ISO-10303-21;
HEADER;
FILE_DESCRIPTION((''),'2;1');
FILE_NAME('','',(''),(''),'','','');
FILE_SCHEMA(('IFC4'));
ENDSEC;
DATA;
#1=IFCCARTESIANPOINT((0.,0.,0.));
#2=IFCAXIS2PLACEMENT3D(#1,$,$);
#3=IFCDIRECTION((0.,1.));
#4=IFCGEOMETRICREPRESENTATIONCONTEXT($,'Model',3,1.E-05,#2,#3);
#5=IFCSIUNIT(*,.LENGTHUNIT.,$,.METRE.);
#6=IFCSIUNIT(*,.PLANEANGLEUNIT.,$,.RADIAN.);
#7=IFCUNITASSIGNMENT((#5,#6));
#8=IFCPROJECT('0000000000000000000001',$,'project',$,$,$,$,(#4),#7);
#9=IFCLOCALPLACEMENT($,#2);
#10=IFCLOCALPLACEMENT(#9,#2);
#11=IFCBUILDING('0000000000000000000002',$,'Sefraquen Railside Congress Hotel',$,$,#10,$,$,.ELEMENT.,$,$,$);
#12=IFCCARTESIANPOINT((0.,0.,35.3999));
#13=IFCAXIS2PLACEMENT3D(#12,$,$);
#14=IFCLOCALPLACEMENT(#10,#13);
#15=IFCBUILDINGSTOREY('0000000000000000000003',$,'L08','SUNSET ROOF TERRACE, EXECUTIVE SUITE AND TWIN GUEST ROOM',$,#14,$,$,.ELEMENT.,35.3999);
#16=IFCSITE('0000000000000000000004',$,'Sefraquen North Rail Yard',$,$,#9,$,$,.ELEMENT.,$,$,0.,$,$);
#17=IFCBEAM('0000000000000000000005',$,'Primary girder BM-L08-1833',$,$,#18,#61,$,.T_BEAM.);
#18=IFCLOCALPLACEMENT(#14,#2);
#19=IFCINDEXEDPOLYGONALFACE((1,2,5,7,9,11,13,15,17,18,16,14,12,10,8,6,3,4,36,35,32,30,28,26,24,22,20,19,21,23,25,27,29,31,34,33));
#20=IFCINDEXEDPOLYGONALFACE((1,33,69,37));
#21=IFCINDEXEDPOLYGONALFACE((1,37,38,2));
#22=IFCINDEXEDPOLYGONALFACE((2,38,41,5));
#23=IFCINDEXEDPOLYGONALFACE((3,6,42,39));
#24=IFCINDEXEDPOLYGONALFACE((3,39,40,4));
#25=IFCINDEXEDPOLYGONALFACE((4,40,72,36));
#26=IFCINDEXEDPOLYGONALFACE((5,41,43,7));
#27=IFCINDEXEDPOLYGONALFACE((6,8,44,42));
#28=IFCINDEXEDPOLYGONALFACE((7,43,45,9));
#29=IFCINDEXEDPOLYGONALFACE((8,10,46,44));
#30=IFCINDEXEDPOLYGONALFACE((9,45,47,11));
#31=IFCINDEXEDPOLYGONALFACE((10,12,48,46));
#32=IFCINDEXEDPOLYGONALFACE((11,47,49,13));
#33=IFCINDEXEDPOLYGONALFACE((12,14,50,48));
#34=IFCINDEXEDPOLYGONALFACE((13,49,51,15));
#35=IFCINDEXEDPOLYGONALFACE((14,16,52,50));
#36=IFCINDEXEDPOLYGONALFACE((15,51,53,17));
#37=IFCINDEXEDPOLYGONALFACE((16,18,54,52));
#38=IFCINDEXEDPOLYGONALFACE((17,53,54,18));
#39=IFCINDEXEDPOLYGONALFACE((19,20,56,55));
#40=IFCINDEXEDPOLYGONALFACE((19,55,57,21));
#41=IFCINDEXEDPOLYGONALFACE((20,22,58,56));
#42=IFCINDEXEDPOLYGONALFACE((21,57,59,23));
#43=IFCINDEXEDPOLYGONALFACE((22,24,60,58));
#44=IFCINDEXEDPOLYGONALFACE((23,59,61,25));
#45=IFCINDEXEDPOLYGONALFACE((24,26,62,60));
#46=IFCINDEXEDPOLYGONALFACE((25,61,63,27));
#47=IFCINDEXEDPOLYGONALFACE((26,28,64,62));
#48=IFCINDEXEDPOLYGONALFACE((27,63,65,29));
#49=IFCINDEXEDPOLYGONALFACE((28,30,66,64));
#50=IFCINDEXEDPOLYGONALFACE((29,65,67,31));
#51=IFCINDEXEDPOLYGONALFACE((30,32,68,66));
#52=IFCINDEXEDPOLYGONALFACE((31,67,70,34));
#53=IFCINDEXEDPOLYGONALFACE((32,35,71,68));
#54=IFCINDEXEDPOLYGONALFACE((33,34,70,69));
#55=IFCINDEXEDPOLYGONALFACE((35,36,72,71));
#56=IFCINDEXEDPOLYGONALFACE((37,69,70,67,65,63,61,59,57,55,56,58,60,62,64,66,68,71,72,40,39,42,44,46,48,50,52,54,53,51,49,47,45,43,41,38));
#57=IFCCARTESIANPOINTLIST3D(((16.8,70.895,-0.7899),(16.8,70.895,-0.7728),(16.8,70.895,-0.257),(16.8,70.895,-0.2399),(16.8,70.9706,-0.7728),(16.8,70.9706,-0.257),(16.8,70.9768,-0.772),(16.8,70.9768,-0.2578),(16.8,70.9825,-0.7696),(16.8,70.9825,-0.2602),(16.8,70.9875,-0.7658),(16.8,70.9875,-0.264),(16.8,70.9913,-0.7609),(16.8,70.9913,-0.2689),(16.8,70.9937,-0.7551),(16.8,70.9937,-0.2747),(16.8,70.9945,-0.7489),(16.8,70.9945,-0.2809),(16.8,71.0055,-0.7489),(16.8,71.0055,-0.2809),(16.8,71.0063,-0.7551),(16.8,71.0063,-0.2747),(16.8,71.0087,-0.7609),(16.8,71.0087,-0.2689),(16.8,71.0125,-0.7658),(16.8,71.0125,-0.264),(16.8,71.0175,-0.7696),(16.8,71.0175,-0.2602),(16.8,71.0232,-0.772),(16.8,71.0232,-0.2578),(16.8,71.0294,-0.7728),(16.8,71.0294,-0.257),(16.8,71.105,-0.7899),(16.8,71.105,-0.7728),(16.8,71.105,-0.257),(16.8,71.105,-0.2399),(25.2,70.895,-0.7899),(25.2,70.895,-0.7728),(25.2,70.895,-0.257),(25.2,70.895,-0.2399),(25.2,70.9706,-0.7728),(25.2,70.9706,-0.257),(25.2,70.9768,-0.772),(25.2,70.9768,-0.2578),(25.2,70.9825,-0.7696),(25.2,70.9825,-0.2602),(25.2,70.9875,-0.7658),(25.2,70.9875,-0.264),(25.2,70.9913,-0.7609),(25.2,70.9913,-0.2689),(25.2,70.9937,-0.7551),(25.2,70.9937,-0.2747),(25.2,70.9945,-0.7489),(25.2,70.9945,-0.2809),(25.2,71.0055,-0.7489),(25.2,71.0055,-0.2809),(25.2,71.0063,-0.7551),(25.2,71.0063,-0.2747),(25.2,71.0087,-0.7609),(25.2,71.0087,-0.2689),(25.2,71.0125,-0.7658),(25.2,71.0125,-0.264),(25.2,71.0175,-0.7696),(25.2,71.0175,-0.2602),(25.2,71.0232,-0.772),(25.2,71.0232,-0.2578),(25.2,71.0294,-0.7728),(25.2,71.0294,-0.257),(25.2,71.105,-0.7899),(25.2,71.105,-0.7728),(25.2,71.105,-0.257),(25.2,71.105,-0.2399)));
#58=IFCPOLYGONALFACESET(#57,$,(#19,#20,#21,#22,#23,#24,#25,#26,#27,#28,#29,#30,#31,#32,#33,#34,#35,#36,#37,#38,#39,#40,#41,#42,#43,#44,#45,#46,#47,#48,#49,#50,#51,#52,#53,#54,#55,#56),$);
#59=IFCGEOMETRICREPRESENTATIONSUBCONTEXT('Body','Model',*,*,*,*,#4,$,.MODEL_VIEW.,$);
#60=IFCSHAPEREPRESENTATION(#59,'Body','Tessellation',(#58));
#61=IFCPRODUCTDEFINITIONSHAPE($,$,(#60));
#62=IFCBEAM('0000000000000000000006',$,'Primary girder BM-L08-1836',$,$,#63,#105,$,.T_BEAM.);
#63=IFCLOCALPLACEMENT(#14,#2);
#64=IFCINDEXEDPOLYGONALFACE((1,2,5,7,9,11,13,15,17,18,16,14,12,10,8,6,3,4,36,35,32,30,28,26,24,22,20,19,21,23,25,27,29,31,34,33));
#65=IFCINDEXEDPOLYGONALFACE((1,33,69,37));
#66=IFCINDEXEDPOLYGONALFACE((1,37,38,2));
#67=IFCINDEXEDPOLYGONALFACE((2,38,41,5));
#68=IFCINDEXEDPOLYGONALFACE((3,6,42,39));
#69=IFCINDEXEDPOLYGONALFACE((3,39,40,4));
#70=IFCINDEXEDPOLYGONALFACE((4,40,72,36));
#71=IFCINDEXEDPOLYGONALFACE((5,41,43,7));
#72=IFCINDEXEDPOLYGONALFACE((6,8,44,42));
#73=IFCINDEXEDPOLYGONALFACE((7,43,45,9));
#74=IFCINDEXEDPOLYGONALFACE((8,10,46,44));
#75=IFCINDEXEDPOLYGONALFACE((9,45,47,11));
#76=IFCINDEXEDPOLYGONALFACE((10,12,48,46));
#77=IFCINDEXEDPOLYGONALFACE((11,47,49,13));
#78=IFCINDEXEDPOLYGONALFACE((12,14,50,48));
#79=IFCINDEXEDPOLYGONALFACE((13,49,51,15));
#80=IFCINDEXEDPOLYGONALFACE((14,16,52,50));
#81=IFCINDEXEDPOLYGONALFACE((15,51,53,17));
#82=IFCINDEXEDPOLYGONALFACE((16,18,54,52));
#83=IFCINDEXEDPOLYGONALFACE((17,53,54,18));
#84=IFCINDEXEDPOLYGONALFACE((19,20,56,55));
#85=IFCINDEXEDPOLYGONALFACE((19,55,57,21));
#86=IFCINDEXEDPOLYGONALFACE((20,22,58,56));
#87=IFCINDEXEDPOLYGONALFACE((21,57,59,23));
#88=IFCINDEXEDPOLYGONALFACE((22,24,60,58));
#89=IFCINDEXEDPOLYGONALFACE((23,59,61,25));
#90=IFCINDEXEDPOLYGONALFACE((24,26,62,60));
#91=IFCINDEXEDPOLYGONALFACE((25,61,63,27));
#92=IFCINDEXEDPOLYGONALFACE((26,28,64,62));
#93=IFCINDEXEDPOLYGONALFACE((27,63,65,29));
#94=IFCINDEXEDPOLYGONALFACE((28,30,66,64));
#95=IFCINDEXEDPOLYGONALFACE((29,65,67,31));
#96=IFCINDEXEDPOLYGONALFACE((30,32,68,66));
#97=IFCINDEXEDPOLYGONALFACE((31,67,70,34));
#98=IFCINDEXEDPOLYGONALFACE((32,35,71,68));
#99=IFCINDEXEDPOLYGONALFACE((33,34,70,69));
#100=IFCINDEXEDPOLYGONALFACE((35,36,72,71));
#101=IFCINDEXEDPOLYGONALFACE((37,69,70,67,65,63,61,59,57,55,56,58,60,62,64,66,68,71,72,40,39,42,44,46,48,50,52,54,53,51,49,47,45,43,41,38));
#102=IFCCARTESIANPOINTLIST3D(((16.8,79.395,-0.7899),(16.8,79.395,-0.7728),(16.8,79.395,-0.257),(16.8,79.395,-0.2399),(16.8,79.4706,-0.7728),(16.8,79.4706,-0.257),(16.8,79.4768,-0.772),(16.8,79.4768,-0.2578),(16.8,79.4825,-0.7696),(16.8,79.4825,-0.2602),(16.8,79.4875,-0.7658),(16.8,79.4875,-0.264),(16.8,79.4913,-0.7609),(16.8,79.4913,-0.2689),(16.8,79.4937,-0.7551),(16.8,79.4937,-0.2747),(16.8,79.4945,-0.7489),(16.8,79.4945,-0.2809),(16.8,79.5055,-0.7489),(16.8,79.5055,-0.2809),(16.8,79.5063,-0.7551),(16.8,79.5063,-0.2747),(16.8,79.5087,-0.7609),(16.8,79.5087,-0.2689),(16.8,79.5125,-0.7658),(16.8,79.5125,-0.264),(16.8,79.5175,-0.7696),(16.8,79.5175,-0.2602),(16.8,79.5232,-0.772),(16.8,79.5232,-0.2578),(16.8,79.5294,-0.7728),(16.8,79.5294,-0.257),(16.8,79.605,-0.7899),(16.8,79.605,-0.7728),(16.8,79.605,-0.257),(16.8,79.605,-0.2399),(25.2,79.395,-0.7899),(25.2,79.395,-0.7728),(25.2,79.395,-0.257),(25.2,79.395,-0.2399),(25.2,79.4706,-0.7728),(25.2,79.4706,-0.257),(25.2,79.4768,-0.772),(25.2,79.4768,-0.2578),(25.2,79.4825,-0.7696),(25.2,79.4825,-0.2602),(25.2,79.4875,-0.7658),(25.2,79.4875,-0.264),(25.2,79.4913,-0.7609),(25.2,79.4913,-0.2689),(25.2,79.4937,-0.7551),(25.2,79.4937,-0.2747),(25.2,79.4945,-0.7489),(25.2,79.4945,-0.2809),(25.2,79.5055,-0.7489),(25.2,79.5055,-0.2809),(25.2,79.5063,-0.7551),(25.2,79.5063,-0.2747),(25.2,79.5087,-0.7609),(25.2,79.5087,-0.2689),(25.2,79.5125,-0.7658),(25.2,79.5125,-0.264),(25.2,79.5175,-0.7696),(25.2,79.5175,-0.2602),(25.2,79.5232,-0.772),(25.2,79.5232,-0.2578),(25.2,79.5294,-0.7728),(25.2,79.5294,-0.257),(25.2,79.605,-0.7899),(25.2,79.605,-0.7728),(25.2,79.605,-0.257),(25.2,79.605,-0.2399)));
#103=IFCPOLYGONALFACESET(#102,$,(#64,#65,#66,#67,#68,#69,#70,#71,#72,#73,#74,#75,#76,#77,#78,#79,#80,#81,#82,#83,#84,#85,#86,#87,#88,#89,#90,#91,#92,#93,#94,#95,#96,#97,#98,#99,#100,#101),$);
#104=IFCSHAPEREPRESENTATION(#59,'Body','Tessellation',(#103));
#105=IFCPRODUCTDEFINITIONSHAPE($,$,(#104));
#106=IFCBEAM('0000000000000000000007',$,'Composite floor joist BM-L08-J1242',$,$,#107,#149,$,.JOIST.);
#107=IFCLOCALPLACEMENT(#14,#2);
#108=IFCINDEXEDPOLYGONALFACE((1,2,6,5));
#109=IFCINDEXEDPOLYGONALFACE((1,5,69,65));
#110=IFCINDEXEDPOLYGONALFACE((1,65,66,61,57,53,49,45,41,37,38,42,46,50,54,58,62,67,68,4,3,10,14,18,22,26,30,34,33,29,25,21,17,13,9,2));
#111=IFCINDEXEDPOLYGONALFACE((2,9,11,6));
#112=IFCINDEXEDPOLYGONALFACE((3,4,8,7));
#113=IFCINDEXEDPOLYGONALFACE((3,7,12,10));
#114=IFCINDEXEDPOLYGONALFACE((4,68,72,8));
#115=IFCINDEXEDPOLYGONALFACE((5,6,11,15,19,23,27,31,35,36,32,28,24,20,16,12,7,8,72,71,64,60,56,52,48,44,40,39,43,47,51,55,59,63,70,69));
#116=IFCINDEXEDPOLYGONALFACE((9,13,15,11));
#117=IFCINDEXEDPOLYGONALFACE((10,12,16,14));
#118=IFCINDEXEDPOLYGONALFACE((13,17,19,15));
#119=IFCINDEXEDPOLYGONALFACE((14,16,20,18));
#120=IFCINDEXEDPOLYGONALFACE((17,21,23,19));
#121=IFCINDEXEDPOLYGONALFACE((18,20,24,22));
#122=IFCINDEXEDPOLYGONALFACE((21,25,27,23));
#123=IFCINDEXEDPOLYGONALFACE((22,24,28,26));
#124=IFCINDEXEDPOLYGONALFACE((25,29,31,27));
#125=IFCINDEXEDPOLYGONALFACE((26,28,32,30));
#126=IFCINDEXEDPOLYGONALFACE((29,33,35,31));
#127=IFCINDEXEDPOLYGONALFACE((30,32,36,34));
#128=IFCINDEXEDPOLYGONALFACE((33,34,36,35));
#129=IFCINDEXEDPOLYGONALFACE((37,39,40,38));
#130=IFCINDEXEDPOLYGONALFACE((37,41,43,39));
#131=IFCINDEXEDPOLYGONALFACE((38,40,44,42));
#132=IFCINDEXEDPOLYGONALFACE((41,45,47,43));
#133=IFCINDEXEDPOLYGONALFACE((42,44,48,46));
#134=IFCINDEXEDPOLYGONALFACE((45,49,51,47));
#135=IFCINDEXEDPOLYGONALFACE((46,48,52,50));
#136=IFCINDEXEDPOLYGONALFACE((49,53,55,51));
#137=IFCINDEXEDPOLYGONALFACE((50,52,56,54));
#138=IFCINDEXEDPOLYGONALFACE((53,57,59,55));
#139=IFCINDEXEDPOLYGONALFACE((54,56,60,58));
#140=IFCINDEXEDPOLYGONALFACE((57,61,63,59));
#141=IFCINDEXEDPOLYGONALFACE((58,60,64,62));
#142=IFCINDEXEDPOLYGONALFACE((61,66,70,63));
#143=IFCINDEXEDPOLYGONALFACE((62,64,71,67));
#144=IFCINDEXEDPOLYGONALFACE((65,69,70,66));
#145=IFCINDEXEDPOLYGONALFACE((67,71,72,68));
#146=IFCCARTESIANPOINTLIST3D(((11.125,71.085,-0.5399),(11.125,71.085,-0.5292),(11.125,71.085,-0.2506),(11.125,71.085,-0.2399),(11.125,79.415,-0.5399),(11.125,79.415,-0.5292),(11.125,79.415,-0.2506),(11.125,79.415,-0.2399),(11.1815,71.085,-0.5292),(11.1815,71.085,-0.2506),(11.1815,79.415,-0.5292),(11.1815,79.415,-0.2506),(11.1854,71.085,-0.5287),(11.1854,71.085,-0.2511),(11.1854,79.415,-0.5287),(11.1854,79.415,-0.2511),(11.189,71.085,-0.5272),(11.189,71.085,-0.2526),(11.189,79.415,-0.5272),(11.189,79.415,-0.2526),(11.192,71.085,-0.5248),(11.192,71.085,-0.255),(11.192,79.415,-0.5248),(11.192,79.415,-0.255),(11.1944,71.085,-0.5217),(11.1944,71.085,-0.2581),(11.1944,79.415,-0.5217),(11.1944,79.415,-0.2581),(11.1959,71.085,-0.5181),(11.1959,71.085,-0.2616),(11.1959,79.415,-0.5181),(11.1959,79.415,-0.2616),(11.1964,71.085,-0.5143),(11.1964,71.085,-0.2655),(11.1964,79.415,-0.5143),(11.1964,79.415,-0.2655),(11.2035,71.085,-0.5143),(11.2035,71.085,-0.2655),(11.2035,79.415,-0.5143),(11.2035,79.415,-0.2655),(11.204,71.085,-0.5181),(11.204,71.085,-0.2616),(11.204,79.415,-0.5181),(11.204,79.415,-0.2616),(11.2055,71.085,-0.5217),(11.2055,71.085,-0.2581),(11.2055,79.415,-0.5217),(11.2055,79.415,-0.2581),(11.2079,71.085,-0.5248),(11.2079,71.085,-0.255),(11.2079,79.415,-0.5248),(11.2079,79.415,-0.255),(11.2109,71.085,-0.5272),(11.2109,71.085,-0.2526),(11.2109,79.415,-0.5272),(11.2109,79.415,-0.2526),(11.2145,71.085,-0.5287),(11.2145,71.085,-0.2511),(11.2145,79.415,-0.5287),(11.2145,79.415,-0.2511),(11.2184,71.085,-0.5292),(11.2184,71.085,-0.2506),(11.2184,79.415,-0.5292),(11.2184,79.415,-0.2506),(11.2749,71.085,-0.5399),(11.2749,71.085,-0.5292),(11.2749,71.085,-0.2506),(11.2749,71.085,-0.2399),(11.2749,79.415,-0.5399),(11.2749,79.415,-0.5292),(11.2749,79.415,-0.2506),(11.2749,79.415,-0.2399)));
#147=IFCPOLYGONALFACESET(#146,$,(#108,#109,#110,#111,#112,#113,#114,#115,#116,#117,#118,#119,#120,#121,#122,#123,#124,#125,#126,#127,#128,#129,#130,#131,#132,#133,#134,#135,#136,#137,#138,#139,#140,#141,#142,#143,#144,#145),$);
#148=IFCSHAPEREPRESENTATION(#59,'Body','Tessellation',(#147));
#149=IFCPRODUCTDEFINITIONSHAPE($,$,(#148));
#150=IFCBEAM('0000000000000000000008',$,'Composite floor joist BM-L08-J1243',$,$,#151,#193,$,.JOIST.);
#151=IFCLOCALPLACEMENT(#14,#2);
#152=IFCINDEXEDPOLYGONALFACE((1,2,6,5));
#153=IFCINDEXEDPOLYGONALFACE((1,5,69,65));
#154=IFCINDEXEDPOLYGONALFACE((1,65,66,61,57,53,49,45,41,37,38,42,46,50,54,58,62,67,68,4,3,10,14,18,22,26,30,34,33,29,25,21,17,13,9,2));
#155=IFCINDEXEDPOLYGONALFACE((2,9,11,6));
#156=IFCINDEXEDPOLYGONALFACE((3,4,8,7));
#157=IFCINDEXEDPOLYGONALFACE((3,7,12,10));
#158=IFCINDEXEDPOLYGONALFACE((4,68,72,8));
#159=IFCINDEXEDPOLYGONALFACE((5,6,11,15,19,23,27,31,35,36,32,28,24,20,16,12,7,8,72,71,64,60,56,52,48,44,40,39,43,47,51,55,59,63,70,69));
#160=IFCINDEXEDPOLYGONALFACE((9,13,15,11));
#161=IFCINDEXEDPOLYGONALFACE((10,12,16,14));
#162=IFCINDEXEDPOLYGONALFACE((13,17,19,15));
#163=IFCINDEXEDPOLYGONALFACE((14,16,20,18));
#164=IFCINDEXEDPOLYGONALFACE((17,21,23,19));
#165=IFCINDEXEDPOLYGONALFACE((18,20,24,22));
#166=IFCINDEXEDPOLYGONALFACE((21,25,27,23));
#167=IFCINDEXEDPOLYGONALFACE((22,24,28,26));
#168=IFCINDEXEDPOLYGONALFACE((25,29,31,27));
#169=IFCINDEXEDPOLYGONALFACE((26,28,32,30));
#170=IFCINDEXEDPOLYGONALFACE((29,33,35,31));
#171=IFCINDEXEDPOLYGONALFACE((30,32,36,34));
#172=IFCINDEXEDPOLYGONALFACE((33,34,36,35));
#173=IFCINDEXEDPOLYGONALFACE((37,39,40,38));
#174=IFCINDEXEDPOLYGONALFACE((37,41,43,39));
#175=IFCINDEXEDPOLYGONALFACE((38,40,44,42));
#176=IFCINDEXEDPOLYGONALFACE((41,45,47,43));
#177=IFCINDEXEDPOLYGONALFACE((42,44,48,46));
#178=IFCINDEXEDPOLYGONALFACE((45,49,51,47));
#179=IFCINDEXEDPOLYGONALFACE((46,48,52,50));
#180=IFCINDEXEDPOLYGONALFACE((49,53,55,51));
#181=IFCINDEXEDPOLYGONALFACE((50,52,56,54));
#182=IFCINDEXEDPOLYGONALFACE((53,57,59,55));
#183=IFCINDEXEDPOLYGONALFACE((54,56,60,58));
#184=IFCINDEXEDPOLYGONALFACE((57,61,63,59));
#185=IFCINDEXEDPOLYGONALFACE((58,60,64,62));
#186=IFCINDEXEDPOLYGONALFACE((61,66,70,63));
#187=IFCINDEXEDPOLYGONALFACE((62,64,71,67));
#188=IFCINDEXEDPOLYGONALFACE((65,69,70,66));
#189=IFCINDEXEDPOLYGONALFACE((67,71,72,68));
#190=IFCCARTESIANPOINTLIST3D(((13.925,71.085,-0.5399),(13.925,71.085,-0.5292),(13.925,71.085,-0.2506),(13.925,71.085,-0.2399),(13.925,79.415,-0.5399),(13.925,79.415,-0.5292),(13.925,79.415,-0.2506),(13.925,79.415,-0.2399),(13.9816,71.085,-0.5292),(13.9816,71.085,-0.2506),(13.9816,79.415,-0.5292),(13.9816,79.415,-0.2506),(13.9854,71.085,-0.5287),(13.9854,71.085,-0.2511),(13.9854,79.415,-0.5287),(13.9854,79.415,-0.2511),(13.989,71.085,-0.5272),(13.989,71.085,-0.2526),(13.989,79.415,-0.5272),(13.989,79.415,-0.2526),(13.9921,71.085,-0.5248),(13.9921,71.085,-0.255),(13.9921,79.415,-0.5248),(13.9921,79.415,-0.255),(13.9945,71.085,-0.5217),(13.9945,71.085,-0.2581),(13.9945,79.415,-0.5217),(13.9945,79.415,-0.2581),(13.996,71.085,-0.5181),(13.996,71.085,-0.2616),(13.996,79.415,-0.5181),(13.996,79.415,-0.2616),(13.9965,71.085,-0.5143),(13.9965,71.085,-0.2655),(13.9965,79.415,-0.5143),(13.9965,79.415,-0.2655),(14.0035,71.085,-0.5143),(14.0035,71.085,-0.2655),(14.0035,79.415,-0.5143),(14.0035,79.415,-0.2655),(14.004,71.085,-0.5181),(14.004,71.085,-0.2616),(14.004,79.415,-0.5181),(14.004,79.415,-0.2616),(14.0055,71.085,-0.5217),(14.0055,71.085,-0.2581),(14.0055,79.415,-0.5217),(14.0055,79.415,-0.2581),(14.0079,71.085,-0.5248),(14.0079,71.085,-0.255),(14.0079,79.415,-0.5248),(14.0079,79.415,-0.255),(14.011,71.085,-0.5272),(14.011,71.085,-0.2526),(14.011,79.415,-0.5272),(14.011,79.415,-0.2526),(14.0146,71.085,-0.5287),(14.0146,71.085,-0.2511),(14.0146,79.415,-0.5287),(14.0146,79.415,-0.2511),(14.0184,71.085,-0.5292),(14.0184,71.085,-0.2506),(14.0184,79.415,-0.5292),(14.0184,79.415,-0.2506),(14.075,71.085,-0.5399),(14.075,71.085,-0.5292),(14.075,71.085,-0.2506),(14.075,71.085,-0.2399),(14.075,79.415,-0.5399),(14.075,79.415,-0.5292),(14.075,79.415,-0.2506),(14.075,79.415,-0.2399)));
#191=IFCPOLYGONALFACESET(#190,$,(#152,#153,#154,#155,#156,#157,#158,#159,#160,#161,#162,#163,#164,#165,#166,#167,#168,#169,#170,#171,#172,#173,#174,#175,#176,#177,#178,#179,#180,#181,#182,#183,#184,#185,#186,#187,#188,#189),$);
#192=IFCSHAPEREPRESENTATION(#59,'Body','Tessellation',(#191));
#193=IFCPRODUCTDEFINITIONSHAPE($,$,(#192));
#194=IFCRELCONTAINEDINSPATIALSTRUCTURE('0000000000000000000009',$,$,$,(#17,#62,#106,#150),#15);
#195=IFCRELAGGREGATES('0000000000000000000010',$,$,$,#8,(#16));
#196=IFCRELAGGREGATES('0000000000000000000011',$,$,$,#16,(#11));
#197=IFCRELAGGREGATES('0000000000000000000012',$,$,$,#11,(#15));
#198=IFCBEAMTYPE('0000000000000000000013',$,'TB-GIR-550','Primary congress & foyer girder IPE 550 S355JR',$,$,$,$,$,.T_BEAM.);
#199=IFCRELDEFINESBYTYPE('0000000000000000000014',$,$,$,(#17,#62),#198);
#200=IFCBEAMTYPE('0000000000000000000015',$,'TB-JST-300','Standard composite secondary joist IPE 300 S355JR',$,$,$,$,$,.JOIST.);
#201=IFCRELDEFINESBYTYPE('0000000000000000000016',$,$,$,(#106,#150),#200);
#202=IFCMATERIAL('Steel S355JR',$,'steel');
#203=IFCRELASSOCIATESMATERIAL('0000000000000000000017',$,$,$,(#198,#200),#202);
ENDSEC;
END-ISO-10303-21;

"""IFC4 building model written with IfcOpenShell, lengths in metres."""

from ifc_helpers import new_model, si_unit, direction, frame, origin, origin_2d, place, context, subcontext, project, spatial, i_section, extrude, material, material_profile, profile_set, type_object, element, save


model = new_model("IFC4")

# Units and contexts
model_context = context("Model", 3, precision=1e-05, world=origin(), true_north=direction((0.0, 1.0)))
body_context = subcontext(model_context, "Body", "Model", "MODEL_VIEW")
ifc_project = project(units=[si_unit("LENGTHUNIT", "METRE"), si_unit("PLANEANGLEUNIT", "RADIAN")], contexts=[model_context])

# Site, building, storey
site_placement = place(None, origin())
site = spatial("IfcSite", under=ifc_project, at=site_placement, Name="Sefraquen North Rail Yard", CompositionType="ELEMENT", RefElevation=0.0)
building_placement = place(site_placement, origin())
building = spatial("IfcBuilding", under=site, at=building_placement, Name="Sefraquen Railside Congress Hotel", CompositionType="ELEMENT")
storey_placement = place(building_placement, frame((0.0, 0.0, 35.3999)))
storey = spatial("IfcBuildingStorey", under=building, at=storey_placement, Name="L08", Description="SUNSET ROOF TERRACE, EXECUTIVE SUITE AND TWIN GUEST ROOM", CompositionType="ELEMENT", Elevation=35.3999)

# Shared definitions
ifc_material_1 = material(Name="Steel S355JR", Category="steel")

# Beams
ifc_material_profile_1 = material_profile(ifc_material_1, i_section(OverallWidth=0.21, OverallDepth=0.55, WebThickness=0.011, FlangeThickness=0.0171, FilletRadius=0.0239, at=origin_2d()), Name="IPE 550")
ifc_profile_set_1 = profile_set([ifc_material_profile_1], Name="Steel S355JR")
beam_type_1 = type_object("IfcBeamType", Name="TB-GIR-550", Description="Primary congress & foyer girder IPE 550 S355JR", PredefinedType="T_BEAM", material=ifc_profile_set_1)
for number, where, z_axis, x_axis, name in (
    (1, (16.8, 71.0, -0.5149), (1.0, 0.0, 0.0), (0.0, 1.0, 0.0), "Primary girder BM-L08-1833"),
    (2, (16.8, 79.5, -0.5149), (1.0, 0.0, 0.0), (0.0, 1.0, 0.0), "Primary girder BM-L08-1836"),
):
    element("IfcBeam", number, at=place(storey_placement, frame(where, z_axis=z_axis, x_axis=x_axis)), inside=storey, type_object=beam_type_1, Name=name, PredefinedType="T_BEAM", context=body_context, shape_type="SweptSolid", body=[
        extrude(i_section(OverallWidth=0.21, OverallDepth=0.55, WebThickness=0.011, FlangeThickness=0.0171, FilletRadius=0.0239, at=origin_2d()), origin(), (0.0, 0.0, 1.0), 8.3999),
    ])
ifc_material_profile_2 = material_profile(ifc_material_1, i_section(OverallWidth=0.1499, OverallDepth=0.3, WebThickness=0.0071, FlangeThickness=0.0107, FilletRadius=0.0149, at=origin_2d()), Name="IPE 300")
ifc_profile_set_2 = profile_set([ifc_material_profile_2], Name="Steel S355JR")
beam_type_2 = type_object("IfcBeamType", Name="TB-JST-300", Description="Standard composite secondary joist IPE 300 S355JR", PredefinedType="JOIST", material=ifc_profile_set_2)
for number, where, z_axis, x_axis, name in (
    (3, (11.2, 71.085, -0.3899), (0.0, 1.0, 0.0), (-1.0, 0.0, 0.0), "Composite floor joist BM-L08-J1242"),
    (4, (14.0, 71.085, -0.3899), (0.0, 1.0, 0.0), (-1.0, 0.0, 0.0), "Composite floor joist BM-L08-J1243"),
):
    element("IfcBeam", number, at=place(storey_placement, frame(where, z_axis=z_axis, x_axis=x_axis)), inside=storey, type_object=beam_type_2, Name=name, PredefinedType="JOIST", context=body_context, shape_type="SweptSolid", body=[
        extrude(i_section(OverallWidth=0.1499, OverallDepth=0.3, WebThickness=0.0071, FlangeThickness=0.0107, FilletRadius=0.0149, at=origin_2d()), origin(), (0.0, 0.0, 1.0), 8.3301),
    ])

save(model, "model.ifc")
